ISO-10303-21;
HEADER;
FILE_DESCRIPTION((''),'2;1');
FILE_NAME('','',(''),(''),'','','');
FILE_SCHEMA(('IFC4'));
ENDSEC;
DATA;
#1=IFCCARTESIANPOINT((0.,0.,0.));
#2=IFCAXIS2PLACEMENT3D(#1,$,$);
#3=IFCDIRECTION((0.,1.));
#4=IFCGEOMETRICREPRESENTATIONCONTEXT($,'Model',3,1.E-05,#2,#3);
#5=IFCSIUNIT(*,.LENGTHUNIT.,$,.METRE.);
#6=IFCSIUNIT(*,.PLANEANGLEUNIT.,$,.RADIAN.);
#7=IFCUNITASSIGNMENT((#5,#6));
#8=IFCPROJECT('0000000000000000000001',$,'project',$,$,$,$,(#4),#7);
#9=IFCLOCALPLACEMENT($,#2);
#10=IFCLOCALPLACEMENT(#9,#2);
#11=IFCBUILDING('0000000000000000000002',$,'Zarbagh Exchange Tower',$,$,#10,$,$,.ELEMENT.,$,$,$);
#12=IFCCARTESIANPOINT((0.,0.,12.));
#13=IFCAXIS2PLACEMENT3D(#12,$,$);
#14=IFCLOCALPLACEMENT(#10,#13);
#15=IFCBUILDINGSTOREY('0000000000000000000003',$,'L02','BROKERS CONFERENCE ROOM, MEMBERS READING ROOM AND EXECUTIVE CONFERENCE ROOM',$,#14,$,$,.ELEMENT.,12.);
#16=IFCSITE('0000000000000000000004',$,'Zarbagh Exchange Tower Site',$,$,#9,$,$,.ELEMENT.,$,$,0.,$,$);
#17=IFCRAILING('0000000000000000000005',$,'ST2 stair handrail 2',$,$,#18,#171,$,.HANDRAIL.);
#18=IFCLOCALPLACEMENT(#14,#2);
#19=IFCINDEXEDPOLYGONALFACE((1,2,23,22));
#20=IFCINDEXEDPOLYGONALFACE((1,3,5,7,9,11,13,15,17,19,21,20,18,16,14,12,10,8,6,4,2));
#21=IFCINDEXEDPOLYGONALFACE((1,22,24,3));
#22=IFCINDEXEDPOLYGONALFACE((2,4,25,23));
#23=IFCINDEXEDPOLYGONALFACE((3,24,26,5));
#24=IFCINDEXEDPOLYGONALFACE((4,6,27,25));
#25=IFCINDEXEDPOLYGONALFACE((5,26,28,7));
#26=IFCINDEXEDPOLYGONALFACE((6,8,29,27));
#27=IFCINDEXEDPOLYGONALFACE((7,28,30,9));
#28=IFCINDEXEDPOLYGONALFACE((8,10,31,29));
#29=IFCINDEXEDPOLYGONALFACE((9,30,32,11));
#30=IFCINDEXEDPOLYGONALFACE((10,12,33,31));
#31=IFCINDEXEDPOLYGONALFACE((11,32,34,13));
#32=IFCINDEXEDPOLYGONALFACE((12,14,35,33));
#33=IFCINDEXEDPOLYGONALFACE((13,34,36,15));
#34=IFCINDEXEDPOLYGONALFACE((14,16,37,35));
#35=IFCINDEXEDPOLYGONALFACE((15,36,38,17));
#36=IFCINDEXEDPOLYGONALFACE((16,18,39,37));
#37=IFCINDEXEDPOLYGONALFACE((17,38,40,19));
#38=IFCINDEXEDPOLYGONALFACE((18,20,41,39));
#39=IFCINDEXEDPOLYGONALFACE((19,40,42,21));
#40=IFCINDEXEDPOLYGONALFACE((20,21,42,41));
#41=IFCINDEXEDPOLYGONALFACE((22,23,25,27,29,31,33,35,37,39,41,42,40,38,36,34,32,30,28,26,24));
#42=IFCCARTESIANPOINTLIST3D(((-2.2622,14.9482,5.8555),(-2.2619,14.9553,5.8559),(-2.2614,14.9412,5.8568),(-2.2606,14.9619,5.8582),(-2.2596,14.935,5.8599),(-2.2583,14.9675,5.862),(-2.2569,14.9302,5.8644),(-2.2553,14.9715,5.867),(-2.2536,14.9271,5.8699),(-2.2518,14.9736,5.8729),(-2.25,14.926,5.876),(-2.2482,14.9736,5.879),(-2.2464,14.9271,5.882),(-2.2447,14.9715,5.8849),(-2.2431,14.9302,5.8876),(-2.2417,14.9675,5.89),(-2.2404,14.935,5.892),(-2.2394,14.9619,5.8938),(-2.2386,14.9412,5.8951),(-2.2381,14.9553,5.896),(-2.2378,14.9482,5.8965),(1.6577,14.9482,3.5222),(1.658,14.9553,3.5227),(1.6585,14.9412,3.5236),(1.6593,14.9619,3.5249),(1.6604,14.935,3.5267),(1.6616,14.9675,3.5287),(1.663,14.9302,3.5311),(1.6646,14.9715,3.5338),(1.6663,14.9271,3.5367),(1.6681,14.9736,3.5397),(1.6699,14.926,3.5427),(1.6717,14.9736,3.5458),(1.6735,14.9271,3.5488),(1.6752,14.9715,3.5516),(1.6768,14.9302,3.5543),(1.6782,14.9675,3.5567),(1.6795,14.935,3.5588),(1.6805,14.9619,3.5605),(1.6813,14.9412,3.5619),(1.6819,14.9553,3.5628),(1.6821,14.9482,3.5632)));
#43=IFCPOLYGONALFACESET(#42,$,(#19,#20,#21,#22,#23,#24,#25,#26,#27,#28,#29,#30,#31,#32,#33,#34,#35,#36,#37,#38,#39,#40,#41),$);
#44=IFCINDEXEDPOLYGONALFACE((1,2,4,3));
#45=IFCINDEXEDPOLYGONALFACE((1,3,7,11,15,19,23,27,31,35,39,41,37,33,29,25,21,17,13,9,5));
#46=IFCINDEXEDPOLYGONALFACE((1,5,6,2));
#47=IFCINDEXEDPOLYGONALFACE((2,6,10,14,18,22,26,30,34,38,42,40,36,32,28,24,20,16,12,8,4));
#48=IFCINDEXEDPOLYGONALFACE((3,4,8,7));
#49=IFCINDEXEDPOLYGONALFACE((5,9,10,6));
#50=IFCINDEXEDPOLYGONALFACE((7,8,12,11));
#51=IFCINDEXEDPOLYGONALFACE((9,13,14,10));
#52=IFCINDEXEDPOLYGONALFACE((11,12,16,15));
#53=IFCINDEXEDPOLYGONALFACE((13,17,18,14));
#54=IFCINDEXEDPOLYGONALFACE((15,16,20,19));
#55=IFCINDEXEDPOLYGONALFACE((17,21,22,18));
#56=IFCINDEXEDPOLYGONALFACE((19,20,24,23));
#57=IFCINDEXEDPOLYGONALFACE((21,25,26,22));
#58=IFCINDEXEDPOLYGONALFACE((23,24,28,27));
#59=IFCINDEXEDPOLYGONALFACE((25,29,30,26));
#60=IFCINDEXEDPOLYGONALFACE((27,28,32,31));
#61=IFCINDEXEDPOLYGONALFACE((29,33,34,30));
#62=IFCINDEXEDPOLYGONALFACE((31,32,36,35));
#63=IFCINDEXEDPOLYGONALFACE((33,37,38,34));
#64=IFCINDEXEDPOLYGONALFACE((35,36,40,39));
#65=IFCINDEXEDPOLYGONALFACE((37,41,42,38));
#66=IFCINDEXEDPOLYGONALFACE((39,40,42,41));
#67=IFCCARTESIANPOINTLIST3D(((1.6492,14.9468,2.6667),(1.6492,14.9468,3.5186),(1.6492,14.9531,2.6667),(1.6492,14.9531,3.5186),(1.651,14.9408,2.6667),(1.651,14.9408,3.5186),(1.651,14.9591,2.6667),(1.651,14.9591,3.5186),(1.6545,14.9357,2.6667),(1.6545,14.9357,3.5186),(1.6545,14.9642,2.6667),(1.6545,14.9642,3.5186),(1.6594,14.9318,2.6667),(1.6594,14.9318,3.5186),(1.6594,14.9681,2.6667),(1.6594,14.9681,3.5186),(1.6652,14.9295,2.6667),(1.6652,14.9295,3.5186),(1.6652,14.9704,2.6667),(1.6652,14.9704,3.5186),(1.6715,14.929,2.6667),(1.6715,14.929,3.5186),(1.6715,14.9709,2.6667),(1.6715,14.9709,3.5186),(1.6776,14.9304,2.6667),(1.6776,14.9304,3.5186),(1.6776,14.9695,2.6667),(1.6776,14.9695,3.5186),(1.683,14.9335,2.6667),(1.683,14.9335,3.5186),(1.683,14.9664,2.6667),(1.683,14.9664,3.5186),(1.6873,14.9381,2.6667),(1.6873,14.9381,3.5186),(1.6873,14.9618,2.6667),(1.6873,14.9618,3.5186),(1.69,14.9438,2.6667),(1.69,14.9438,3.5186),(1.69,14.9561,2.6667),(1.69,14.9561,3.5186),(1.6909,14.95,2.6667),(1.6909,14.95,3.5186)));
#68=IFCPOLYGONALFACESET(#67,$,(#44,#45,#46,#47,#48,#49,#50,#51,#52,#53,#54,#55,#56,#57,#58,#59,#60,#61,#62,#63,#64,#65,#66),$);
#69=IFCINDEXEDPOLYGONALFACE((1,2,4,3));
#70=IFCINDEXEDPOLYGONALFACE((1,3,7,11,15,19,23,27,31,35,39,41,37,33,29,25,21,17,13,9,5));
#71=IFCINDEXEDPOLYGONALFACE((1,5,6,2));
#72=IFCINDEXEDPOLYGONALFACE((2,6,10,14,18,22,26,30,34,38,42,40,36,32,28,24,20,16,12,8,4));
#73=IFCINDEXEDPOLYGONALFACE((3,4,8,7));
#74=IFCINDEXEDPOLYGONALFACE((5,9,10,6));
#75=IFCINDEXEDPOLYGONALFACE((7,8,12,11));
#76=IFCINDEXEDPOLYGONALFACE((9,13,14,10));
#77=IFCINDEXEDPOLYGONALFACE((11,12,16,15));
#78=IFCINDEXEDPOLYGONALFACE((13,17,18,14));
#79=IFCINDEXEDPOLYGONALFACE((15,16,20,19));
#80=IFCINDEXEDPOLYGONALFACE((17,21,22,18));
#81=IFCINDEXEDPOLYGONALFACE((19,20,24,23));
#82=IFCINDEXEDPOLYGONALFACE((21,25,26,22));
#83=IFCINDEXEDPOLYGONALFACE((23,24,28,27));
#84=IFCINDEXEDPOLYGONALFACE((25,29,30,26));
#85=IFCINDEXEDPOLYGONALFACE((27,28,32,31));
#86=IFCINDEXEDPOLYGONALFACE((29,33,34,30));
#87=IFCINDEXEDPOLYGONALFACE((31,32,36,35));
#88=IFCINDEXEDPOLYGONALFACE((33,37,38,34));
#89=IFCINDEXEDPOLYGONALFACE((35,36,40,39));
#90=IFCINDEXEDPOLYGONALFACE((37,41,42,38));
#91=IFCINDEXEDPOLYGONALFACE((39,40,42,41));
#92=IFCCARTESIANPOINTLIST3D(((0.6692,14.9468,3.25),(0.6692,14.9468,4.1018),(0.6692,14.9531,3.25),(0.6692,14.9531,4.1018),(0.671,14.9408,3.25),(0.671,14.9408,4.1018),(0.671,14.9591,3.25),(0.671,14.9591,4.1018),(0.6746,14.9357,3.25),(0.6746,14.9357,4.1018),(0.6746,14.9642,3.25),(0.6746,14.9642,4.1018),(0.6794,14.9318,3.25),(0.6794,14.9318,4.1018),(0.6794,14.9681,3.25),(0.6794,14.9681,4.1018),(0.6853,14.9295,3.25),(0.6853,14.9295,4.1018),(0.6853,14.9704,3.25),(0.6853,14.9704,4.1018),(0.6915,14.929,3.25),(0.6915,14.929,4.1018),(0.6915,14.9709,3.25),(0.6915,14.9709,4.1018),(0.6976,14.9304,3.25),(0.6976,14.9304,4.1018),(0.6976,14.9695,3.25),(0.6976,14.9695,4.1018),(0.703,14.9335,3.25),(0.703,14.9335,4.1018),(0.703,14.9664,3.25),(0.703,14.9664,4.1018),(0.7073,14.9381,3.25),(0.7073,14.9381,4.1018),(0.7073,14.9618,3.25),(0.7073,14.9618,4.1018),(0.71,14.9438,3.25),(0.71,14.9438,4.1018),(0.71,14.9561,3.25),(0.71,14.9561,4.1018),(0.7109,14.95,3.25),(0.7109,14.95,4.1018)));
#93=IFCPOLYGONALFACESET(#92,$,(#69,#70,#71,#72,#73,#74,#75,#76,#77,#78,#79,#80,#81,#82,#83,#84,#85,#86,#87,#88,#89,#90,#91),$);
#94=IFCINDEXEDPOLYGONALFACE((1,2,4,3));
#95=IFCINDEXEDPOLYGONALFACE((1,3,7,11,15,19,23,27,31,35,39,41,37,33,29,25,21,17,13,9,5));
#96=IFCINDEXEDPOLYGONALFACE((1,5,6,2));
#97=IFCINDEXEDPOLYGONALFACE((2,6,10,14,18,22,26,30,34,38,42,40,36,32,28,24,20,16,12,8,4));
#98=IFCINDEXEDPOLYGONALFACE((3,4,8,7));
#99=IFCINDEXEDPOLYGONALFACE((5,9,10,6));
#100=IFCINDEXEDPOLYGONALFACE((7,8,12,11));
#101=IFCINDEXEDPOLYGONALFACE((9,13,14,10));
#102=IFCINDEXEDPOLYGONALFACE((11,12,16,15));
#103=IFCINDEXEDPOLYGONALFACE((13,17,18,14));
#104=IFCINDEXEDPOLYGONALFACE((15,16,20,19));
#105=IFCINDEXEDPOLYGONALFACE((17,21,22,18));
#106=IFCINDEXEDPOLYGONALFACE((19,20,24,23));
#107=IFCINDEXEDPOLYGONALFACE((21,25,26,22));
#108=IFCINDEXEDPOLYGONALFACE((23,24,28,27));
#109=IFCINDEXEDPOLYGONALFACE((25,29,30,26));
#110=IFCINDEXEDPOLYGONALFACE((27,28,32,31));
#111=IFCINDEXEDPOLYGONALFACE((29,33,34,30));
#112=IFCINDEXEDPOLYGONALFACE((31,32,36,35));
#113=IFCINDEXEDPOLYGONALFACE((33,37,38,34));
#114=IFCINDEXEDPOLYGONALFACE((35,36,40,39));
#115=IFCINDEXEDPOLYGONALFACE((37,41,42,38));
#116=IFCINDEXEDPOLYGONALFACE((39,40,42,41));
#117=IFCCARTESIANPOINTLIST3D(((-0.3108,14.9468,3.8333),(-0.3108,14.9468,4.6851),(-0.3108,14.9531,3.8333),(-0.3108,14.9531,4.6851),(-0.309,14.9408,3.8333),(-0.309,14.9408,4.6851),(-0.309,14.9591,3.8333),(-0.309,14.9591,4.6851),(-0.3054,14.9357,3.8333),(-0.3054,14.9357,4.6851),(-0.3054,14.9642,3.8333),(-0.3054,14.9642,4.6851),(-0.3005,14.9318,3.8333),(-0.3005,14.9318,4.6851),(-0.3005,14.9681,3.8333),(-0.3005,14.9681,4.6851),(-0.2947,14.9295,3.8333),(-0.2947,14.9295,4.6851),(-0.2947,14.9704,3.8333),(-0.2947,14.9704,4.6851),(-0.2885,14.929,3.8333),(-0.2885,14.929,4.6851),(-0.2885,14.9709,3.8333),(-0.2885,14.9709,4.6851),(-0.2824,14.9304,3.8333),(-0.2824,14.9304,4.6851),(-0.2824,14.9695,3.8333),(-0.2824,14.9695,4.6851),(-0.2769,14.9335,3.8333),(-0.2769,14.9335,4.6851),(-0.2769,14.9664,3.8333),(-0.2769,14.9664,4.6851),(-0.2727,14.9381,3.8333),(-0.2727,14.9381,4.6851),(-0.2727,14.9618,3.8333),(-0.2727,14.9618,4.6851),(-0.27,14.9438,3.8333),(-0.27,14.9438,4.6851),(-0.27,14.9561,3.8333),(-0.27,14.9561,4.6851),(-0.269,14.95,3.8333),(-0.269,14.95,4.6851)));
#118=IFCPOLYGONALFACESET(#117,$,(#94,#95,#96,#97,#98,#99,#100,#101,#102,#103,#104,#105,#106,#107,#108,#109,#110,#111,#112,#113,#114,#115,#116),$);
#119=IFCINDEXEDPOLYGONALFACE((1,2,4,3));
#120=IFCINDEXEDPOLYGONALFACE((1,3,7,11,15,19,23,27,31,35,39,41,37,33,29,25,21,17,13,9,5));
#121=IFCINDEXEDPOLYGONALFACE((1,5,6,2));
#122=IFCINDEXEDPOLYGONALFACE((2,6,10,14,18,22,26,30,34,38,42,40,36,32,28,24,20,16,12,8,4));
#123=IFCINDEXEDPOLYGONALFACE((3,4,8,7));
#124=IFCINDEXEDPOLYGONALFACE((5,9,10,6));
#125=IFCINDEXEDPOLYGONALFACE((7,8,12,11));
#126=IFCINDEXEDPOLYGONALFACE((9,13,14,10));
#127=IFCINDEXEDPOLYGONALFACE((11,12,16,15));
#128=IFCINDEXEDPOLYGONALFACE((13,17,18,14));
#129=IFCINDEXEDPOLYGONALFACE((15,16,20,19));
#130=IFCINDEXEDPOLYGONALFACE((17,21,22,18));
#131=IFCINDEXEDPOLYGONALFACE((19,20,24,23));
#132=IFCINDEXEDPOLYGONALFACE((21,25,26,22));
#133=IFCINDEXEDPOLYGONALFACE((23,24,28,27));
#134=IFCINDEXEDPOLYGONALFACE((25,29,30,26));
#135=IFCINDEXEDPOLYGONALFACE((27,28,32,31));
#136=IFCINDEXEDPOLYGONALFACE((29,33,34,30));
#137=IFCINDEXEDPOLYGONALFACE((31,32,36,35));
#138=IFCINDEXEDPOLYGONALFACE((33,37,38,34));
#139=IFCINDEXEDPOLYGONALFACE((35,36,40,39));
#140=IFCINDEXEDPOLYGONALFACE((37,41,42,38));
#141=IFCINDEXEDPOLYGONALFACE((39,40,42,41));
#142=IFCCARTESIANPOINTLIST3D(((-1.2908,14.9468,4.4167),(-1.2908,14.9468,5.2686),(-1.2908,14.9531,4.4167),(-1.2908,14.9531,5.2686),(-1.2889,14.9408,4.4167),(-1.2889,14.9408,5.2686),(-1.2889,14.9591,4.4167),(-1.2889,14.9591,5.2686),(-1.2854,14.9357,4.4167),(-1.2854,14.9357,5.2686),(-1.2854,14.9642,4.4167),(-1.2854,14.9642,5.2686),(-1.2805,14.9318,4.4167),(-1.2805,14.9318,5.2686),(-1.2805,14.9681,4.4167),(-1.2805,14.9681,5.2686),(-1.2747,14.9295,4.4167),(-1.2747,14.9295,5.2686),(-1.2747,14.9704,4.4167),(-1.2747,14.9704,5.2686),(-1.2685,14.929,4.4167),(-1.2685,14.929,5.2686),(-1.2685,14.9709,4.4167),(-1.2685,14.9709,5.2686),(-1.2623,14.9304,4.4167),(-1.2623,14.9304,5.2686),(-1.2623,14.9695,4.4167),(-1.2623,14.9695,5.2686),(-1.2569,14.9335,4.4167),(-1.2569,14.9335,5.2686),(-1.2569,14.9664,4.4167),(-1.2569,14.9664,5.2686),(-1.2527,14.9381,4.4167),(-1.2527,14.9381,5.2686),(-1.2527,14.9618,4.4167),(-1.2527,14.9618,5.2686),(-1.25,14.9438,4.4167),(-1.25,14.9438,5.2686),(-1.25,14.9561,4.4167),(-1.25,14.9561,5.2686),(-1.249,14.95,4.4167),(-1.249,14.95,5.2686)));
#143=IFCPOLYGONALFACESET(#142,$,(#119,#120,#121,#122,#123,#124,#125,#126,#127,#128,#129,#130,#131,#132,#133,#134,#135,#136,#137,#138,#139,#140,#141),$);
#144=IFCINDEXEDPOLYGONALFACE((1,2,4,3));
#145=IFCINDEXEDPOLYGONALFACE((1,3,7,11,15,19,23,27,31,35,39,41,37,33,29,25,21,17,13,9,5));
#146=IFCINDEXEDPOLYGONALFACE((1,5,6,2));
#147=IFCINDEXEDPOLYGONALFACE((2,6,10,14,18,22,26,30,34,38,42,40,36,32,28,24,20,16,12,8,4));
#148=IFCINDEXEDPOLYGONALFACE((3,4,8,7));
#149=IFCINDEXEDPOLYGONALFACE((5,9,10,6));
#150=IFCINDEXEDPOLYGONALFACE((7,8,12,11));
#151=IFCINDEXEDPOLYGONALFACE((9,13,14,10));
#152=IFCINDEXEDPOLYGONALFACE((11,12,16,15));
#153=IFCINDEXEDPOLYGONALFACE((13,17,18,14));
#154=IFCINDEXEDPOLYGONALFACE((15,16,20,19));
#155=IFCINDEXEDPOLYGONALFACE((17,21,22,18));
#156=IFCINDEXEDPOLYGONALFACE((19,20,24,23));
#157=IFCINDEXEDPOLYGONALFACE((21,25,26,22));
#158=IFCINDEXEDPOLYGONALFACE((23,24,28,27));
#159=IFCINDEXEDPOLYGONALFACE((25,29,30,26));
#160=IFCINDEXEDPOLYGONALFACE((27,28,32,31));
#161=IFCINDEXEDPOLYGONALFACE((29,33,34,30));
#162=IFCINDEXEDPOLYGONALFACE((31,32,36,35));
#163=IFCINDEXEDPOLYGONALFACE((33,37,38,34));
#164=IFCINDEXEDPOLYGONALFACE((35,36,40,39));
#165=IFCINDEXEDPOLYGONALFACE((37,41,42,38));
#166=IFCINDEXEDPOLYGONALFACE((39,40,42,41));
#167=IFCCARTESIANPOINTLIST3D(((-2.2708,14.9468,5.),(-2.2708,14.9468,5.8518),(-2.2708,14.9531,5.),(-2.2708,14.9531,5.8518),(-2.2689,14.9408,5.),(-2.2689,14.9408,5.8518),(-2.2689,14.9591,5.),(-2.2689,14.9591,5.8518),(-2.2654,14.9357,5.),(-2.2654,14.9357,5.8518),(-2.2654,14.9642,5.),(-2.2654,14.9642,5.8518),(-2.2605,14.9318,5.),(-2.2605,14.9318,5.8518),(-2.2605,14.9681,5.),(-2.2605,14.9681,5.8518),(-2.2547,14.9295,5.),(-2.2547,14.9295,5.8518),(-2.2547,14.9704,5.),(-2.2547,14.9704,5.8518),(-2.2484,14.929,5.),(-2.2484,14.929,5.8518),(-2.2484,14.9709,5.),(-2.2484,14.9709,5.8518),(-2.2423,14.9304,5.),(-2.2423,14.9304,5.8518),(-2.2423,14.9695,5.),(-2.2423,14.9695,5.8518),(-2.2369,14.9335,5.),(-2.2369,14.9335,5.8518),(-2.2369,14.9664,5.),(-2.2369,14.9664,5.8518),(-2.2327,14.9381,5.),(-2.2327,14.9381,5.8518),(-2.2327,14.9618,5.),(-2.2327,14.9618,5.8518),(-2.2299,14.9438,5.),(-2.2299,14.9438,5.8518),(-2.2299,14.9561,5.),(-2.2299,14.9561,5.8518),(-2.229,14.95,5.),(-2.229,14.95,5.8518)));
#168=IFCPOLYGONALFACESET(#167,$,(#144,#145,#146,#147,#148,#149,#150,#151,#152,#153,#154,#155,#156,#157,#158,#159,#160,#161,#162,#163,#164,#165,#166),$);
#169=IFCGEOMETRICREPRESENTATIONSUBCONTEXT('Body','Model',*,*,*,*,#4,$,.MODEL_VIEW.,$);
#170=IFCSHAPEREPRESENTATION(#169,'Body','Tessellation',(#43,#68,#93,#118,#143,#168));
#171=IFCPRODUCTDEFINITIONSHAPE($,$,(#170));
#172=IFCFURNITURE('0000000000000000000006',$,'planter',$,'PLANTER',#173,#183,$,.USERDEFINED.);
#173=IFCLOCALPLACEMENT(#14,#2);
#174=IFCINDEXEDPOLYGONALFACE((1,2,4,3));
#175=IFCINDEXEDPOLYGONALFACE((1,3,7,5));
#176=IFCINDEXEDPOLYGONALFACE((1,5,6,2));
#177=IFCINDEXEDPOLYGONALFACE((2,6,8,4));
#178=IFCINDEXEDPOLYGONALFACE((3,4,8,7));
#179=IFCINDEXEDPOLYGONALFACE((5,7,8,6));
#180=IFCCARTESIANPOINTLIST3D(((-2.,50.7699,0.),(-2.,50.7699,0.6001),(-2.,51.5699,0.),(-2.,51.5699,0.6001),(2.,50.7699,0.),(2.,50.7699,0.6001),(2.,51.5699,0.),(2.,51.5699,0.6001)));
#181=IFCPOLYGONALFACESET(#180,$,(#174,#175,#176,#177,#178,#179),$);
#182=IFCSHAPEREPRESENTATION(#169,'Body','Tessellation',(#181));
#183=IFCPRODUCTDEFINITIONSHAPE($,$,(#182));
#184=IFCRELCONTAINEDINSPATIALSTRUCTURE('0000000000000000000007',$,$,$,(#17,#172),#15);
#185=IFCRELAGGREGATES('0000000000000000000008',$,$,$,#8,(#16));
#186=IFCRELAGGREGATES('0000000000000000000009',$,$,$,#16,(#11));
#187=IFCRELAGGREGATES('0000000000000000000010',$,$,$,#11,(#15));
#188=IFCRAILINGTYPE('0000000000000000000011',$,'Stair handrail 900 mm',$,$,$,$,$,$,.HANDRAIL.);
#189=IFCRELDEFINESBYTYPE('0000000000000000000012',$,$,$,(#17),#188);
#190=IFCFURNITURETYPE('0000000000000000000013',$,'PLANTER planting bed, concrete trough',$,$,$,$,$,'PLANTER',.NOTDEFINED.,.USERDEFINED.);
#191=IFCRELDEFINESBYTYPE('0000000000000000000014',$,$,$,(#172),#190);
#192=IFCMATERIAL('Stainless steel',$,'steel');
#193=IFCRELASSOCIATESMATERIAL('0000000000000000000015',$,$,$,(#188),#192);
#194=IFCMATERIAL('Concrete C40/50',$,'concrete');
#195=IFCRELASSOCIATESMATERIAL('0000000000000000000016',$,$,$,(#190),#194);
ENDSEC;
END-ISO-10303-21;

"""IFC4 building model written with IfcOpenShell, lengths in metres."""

from ifc_helpers import new_model, si_unit, direction, frame, origin, origin_2d, place, context, subcontext, project, spatial, rectangle, circle, extrude, material, type_object, element, save


model = new_model("IFC4")

# Units and contexts
model_context = context("Model", 3, precision=1e-05, world=origin(), true_north=direction((0.0, 1.0)))
body_context = subcontext(model_context, "Body", "Model", "MODEL_VIEW")
ifc_project = project(units=[si_unit("LENGTHUNIT", "METRE"), si_unit("PLANEANGLEUNIT", "RADIAN")], contexts=[model_context])

# Site, building, storey
site_placement = place(None, origin())
site = spatial("IfcSite", under=ifc_project, at=site_placement, Name="Zarbagh Exchange Tower Site", CompositionType="ELEMENT", RefElevation=0.0)
building_placement = place(site_placement, origin())
building = spatial("IfcBuilding", under=site, at=building_placement, Name="Zarbagh Exchange Tower", CompositionType="ELEMENT")
storey_placement = place(building_placement, frame((0.0, 0.0, 12.0)))
storey = spatial("IfcBuildingStorey", under=building, at=storey_placement, Name="L02", Description="BROKERS CONFERENCE ROOM, MEMBERS READING ROOM AND EXECUTIVE CONFERENCE ROOM", CompositionType="ELEMENT", Elevation=12.0)

# Shared definitions
ifc_material_1 = material(Name="Concrete C40/50", Category="concrete")

# Shared definitions
ifc_material_2 = material(Name="Stainless steel", Category="steel")

# Railing
railing_type_1 = type_object("IfcRailingType", Name="Stair handrail 900 mm", PredefinedType="HANDRAIL", material=ifc_material_2)
for number, where, name in (
    (1, (1.6699, 14.95, 2.6667), "ST2 stair handrail 2"),
):
    element("IfcRailing", number, at=place(storey_placement, frame(where)), inside=storey, type_object=railing_type_1, Name=name, PredefinedType="HANDRAIL", context=body_context, shape_type="SweptSolid", body=[
        extrude(circle(Radius=0.0239, at=origin_2d()), frame((0.0, 0.0, 0.876), z_axis=(-0.859296, 0.0, 0.511478), x_axis=(0.0, -1.0, 0.0)), (0.0, 0.0, 1.0), 4.5618),
        extrude(circle(Radius=0.021, at=origin_2d()), origin(), (0.0, 0.0, 1.0), 0.8518),
        extrude(circle(Radius=0.021, at=origin_2d()), frame((-0.98, 0.0, 0.5833)), (0.0, 0.0, 1.0), 0.8518),
        extrude(circle(Radius=0.021, at=origin_2d()), frame((-1.96, 0.0, 1.1665)), (0.0, 0.0, 1.0), 0.8518),
        extrude(circle(Radius=0.021, at=origin_2d()), frame((-2.9399, 0.0, 1.75)), (0.0, 0.0, 1.0), 0.8518),
        extrude(circle(Radius=0.021, at=origin_2d()), frame((-3.9199, 0.0, 2.3333)), (0.0, 0.0, 1.0), 0.8518),
    ])

# Furniture
furniture_type = type_object("IfcFurnitureType", Name="PLANTER planting bed, concrete trough", ElementType="PLANTER", AssemblyPlace="NOTDEFINED", PredefinedType="USERDEFINED", material=ifc_material_1)
furniture_placement = place(storey_placement, frame((0.0, 51.1699, 0.0), z_axis=(0.0, 0.0, 1.0), x_axis=(1.0, 0.0, 0.0)))
element("IfcFurniture", 2, at=furniture_placement, inside=storey, type_object=furniture_type, Name="planter", ObjectType="PLANTER", PredefinedType="USERDEFINED", context=body_context, shape_type="SweptSolid", body=[
    extrude(rectangle(XDim=4.0, YDim=0.8, at=origin_2d()), origin(), (0.0, 0.0, 1.0), 0.6001),
])

save(model, "model.ifc")
